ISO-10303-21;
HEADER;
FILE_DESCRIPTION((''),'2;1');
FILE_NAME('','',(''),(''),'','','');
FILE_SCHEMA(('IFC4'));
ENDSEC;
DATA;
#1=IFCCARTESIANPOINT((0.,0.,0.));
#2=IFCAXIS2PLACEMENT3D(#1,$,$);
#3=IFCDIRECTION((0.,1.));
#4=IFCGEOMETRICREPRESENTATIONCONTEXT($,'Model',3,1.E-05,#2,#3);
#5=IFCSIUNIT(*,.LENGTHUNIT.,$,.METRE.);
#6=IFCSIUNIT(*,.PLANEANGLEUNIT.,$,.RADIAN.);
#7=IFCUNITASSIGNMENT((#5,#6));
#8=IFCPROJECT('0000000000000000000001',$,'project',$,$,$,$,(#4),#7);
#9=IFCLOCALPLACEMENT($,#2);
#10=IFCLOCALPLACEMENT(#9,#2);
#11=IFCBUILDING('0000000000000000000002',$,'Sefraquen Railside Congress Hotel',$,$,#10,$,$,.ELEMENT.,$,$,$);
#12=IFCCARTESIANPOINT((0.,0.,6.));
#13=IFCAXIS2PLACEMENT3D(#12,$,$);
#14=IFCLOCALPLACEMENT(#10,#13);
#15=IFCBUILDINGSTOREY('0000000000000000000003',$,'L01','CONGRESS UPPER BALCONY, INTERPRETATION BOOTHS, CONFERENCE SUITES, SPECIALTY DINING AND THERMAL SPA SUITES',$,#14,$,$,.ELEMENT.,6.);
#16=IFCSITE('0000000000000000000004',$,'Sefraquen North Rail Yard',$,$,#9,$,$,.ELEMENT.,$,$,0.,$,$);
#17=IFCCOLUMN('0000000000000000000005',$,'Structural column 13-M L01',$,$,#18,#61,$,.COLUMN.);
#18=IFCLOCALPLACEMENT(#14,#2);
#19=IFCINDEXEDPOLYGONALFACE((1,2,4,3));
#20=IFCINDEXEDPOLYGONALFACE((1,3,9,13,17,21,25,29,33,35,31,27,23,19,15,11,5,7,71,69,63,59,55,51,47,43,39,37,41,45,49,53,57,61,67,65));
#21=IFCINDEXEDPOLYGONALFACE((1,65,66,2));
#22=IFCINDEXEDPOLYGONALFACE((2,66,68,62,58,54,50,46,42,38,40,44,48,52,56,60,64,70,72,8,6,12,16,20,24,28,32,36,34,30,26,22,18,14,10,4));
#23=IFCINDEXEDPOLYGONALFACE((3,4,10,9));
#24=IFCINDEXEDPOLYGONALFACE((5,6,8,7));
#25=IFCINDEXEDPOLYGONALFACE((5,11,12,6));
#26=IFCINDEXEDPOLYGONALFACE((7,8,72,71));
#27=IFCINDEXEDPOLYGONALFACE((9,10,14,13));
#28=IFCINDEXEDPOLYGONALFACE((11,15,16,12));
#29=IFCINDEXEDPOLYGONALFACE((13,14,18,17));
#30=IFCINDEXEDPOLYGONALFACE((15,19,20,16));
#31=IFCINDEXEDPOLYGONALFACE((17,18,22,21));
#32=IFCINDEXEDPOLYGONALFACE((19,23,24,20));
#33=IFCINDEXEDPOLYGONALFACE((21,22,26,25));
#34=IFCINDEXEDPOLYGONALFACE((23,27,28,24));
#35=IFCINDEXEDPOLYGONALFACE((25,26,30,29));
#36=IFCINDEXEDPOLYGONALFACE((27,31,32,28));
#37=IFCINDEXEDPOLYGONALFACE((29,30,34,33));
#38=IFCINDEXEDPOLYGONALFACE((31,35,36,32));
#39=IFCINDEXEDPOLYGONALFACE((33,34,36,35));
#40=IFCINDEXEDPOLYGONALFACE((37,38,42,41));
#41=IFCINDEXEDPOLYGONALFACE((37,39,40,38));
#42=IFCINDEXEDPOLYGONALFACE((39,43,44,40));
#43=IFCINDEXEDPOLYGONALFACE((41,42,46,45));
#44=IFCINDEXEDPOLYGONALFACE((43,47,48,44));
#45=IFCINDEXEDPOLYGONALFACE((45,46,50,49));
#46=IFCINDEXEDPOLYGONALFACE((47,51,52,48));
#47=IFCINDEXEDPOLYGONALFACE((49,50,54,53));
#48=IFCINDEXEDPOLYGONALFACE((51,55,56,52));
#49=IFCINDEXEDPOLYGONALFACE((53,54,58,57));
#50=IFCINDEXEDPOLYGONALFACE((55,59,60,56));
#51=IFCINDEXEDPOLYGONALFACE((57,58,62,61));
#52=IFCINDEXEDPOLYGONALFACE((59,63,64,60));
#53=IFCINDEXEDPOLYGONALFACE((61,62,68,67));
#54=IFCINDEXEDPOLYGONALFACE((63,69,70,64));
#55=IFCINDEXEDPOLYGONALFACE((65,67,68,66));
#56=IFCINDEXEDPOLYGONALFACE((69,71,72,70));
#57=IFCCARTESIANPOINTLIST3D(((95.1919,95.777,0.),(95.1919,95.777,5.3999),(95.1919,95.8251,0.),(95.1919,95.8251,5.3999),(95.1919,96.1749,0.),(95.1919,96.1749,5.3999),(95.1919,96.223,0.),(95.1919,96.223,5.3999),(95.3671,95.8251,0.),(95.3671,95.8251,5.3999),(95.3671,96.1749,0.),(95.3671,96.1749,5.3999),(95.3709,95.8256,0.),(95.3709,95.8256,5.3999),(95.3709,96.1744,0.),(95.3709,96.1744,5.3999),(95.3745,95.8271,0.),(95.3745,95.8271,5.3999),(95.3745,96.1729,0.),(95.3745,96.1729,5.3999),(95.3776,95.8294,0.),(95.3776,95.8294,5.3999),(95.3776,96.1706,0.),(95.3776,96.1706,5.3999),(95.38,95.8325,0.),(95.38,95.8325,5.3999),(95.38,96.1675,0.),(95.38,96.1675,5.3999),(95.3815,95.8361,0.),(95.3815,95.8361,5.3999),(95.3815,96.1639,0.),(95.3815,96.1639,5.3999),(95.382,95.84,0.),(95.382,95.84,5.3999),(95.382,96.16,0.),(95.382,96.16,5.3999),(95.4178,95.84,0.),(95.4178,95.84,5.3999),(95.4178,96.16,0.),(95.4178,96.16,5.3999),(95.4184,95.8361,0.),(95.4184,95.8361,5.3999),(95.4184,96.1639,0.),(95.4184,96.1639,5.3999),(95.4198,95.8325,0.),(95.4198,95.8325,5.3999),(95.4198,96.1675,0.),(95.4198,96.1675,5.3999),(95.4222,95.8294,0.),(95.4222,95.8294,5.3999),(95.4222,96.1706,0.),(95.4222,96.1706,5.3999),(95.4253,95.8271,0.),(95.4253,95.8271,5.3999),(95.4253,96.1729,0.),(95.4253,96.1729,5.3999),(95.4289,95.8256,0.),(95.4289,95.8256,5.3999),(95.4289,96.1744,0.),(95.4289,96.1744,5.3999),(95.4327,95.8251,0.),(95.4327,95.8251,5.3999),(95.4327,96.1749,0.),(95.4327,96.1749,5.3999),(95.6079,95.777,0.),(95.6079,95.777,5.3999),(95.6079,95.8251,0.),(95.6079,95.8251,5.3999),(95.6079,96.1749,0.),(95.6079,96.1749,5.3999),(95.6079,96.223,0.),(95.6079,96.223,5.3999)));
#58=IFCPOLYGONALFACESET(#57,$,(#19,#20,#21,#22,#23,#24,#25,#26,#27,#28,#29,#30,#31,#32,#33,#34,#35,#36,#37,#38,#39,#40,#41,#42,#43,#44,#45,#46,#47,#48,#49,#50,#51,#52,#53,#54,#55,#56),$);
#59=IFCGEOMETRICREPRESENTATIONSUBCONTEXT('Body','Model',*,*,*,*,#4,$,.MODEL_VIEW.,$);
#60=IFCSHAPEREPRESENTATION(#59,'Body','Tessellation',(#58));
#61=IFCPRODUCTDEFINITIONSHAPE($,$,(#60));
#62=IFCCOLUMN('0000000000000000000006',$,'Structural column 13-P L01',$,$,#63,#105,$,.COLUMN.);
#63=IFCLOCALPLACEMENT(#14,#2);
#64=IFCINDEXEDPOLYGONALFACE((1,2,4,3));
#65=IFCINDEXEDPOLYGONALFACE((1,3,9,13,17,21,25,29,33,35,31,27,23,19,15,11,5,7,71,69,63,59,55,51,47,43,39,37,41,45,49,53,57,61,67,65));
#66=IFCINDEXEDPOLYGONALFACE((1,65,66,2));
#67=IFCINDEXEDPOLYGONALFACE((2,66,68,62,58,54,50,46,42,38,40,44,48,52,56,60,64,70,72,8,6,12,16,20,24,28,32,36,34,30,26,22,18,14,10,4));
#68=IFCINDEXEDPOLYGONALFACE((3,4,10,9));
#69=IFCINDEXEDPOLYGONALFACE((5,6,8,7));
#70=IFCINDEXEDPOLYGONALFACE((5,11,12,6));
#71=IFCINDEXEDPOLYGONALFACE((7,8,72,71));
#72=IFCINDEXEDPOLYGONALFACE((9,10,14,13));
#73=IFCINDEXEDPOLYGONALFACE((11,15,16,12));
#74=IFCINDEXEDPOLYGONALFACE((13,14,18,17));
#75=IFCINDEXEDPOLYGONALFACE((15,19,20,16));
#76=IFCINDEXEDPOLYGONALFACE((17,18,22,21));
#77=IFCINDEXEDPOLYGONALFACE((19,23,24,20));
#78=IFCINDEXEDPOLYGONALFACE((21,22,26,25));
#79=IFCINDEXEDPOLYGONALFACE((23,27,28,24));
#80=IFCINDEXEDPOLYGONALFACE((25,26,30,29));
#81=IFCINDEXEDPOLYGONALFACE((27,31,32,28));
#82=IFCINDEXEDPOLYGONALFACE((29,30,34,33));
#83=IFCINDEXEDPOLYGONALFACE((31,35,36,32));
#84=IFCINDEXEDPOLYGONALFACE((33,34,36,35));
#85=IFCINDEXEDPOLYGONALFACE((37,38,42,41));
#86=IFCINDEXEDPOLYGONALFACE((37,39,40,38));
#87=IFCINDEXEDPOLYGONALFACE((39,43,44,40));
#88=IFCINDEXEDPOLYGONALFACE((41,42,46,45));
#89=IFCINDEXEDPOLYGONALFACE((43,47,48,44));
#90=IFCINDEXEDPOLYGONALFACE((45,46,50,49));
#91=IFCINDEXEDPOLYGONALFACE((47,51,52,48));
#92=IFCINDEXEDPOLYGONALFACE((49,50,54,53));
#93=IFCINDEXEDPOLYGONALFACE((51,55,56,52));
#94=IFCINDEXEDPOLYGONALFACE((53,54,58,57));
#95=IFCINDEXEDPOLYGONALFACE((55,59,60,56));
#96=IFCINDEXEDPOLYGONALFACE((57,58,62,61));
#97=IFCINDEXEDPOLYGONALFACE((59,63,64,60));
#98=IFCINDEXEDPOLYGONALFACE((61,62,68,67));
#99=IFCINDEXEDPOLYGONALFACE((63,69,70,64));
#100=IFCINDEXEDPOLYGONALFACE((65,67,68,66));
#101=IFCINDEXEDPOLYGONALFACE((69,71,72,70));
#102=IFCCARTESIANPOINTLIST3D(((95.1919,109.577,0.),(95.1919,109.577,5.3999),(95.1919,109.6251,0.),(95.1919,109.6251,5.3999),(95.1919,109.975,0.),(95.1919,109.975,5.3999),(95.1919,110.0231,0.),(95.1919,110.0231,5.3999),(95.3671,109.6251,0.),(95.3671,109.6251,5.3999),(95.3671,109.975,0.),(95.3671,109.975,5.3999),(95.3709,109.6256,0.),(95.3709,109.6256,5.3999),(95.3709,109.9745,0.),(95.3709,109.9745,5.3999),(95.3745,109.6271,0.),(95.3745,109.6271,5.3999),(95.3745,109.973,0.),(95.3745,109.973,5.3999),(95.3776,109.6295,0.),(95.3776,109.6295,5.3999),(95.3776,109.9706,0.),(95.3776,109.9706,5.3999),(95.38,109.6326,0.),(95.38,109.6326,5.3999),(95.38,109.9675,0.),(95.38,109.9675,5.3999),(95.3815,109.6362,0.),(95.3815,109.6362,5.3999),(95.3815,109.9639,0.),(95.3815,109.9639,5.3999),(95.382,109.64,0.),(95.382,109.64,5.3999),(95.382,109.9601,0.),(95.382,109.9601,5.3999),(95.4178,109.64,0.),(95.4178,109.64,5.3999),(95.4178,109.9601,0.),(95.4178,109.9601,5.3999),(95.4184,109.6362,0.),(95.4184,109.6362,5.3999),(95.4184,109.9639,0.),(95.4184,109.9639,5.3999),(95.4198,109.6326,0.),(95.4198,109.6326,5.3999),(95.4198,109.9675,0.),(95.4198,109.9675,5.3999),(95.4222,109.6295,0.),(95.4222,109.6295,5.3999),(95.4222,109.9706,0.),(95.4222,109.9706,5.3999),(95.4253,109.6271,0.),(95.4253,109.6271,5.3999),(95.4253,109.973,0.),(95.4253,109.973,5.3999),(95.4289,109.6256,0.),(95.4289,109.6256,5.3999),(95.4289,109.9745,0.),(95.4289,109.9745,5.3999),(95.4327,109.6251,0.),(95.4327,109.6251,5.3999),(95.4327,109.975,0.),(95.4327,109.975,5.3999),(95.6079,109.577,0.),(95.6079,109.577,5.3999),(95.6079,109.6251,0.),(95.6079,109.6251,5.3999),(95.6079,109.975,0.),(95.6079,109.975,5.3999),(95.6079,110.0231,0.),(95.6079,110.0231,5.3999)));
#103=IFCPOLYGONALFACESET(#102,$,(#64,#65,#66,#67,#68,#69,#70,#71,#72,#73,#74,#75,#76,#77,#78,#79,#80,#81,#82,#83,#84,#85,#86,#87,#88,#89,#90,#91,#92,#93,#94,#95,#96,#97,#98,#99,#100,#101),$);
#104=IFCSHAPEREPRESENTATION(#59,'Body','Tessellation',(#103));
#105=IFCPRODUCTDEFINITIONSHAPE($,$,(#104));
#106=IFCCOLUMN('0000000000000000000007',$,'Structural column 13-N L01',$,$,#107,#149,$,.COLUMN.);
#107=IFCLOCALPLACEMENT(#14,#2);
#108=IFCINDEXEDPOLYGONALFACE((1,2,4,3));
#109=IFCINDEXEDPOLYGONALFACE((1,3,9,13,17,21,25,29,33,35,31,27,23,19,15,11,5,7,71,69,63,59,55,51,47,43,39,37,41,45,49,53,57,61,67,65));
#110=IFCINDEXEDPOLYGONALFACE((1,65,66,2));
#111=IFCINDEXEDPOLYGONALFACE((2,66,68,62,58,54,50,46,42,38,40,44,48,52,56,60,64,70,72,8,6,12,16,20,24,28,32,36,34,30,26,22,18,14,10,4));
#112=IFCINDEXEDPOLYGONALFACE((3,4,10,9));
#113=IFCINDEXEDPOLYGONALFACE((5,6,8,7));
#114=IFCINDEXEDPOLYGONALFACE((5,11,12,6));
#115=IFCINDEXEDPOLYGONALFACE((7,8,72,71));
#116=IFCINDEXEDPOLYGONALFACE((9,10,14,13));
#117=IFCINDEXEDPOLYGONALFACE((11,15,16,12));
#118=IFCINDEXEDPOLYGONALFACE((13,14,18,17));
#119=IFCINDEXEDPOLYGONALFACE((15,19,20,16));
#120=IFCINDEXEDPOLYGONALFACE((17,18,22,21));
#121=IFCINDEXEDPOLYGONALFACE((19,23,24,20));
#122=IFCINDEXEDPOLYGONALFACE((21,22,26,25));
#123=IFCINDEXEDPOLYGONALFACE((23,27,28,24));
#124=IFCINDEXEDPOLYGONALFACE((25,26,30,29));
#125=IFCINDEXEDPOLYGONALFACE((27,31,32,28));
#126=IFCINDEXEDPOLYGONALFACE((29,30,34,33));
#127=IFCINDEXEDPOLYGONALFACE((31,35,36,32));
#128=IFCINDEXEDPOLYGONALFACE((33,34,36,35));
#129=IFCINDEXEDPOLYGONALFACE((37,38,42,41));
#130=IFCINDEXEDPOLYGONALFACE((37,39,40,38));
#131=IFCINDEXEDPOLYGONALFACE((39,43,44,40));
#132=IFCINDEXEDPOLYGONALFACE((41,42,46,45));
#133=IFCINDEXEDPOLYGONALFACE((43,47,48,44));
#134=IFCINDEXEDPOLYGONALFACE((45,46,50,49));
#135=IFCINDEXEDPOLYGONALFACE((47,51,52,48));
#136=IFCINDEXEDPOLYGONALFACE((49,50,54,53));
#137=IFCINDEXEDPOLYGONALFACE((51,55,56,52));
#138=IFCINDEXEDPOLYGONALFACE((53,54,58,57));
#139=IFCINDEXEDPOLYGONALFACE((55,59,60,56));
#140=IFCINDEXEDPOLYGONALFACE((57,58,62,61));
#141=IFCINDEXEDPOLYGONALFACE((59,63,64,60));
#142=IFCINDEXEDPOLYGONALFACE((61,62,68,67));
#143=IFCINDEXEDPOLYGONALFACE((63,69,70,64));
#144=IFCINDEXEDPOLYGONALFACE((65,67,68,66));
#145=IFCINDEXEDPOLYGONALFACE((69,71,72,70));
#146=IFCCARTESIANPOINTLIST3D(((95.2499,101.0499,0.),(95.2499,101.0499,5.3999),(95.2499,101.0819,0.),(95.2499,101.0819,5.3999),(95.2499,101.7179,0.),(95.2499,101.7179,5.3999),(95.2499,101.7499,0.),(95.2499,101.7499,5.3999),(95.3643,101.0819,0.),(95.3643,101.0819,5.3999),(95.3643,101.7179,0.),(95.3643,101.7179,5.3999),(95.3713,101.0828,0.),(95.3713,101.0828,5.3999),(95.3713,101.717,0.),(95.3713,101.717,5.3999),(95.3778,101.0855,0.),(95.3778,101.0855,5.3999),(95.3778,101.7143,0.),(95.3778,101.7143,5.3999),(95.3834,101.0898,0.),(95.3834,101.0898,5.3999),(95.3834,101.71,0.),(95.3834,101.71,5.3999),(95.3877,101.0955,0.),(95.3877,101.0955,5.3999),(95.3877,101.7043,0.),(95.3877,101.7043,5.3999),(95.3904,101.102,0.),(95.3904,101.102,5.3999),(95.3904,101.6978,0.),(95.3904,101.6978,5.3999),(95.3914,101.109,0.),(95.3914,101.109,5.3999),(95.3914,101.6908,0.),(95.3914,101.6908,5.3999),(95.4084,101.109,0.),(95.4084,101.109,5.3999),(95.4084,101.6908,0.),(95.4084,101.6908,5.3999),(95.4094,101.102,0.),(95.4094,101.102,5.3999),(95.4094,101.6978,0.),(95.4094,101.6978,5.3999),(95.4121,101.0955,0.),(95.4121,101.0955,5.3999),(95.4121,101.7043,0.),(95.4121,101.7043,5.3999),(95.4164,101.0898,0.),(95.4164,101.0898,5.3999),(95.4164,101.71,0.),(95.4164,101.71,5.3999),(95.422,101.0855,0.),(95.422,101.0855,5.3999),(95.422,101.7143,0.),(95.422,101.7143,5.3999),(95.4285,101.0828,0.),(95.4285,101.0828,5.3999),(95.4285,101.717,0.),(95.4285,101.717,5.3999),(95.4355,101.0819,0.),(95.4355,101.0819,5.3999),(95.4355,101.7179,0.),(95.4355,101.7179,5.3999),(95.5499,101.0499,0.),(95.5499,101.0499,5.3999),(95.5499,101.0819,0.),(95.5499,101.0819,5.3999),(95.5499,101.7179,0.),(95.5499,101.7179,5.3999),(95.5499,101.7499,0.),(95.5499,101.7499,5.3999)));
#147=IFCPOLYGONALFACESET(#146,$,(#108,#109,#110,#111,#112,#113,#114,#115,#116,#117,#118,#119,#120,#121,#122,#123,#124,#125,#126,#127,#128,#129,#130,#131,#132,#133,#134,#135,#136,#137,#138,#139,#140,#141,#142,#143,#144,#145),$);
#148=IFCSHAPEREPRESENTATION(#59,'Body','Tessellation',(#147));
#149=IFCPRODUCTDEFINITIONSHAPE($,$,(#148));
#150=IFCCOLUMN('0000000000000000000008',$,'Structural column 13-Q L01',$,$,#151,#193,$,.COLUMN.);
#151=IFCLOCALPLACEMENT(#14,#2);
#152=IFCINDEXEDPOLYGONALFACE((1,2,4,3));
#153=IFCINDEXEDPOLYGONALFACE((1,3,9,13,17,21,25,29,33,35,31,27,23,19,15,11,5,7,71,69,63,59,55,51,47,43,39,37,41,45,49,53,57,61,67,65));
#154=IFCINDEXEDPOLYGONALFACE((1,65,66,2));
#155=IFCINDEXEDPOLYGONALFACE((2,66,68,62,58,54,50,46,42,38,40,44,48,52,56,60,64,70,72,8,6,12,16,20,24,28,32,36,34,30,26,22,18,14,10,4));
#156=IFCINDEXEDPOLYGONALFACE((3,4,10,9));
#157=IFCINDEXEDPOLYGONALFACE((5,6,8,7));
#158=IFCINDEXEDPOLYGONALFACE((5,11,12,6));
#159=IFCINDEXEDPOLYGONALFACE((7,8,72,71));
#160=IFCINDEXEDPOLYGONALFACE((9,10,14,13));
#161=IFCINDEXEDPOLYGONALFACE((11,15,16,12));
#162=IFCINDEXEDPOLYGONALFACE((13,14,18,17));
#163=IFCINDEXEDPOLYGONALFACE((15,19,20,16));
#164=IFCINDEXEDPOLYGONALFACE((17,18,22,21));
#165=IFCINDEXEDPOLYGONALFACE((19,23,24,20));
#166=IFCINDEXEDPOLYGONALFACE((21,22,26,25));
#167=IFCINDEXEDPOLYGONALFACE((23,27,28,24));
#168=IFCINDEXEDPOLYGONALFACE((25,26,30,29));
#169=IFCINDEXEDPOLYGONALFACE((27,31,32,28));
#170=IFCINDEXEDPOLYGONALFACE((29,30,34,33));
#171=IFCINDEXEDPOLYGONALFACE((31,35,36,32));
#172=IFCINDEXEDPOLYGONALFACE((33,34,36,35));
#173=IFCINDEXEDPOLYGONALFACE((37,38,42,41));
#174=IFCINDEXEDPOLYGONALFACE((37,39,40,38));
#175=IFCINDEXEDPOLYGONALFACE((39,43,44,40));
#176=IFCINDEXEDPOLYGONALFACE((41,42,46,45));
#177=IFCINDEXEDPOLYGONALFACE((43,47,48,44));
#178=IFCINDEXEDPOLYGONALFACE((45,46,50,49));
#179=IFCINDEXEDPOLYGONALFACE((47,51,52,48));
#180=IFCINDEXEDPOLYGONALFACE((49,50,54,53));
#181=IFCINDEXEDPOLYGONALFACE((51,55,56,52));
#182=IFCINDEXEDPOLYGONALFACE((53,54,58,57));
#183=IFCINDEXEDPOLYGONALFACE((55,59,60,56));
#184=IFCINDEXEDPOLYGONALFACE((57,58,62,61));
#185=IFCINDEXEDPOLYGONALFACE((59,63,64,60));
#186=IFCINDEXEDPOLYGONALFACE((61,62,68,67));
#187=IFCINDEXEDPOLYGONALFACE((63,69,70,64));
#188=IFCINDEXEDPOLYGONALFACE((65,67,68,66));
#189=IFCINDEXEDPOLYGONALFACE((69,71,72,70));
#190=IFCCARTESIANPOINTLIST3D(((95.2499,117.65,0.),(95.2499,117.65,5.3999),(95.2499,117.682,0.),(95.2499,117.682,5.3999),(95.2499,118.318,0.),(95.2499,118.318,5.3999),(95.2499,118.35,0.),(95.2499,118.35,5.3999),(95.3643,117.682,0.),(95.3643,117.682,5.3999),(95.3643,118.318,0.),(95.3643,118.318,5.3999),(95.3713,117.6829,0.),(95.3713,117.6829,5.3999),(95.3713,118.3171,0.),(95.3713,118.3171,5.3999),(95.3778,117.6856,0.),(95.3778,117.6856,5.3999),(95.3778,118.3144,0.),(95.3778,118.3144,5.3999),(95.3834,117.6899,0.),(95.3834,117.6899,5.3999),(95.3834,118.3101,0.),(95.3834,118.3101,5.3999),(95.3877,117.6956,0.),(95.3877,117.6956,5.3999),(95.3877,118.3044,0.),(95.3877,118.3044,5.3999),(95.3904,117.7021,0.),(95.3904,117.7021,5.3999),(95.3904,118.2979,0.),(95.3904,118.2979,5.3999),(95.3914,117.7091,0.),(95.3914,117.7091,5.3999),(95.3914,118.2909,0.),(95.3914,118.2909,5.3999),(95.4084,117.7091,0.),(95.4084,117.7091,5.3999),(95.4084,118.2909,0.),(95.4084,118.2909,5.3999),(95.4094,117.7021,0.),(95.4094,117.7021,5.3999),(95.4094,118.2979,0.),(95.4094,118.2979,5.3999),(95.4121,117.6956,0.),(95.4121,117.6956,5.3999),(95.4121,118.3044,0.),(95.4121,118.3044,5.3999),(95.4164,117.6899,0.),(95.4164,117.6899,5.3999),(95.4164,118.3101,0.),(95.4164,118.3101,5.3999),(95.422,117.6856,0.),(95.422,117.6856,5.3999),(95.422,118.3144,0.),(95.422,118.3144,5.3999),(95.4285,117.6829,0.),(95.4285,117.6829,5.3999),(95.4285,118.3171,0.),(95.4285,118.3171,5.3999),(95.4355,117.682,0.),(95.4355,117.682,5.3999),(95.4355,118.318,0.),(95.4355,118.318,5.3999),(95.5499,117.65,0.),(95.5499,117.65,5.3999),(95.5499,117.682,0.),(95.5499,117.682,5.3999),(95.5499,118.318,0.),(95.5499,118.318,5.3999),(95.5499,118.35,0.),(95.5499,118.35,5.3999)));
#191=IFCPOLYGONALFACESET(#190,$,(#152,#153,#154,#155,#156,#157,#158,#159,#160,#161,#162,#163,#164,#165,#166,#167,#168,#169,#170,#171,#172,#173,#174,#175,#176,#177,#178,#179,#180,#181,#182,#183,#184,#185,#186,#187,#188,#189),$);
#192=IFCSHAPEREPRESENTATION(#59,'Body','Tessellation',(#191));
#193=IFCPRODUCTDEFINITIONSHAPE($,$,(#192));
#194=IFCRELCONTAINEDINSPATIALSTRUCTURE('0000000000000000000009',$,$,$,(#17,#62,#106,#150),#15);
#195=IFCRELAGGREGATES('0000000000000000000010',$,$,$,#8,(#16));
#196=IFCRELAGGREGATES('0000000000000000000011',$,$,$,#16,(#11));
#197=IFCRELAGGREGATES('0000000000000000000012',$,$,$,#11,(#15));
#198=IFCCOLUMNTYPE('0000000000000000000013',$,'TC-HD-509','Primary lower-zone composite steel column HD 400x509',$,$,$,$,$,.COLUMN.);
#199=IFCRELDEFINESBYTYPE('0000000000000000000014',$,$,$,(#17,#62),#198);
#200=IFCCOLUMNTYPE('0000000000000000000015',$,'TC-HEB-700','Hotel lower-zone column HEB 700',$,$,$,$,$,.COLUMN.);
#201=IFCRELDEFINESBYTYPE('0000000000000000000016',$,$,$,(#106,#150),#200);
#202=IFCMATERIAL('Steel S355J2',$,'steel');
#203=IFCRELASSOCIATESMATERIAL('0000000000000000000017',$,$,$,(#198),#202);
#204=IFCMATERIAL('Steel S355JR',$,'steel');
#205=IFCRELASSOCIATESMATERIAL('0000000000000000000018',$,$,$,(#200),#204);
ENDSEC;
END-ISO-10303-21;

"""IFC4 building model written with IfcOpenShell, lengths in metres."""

from ifc_helpers import new_model, si_unit, direction, frame, origin, origin_2d, place, context, subcontext, project, spatial, i_section, extrude, material, material_profile, profile_set, type_object, element, save


model = new_model("IFC4")

# Units and contexts
model_context = context("Model", 3, precision=1e-05, world=origin(), true_north=direction((0.0, 1.0)))
body_context = subcontext(model_context, "Body", "Model", "MODEL_VIEW")
ifc_project = project(units=[si_unit("LENGTHUNIT", "METRE"), si_unit("PLANEANGLEUNIT", "RADIAN")], contexts=[model_context])

# Site, building, storey
site_placement = place(None, origin())
site = spatial("IfcSite", under=ifc_project, at=site_placement, Name="Sefraquen North Rail Yard", CompositionType="ELEMENT", RefElevation=0.0)
building_placement = place(site_placement, origin())
building = spatial("IfcBuilding", under=site, at=building_placement, Name="Sefraquen Railside Congress Hotel", CompositionType="ELEMENT")
storey_placement = place(building_placement, frame((0.0, 0.0, 6.0)))
storey = spatial("IfcBuildingStorey", under=building, at=storey_placement, Name="L01", Description="CONGRESS UPPER BALCONY, INTERPRETATION BOOTHS, CONFERENCE SUITES, SPECIALTY DINING AND THERMAL SPA SUITES", CompositionType="ELEMENT", Elevation=6.0)

# Columns
ifc_material_1 = material(Name="Steel S355J2", Category="steel")
ifc_material_profile_1 = material_profile(ifc_material_1, i_section(OverallWidth=0.416, OverallDepth=0.446, WebThickness=0.0359, FlangeThickness=0.0481, FilletRadius=0.0149, at=origin_2d()), Name="HD 400x509")
ifc_profile_set_1 = profile_set([ifc_material_profile_1], Name="Steel S355J2")
column_type_1 = type_object("IfcColumnType", Name="TC-HD-509", Description="Primary lower-zone composite steel column HD 400x509", PredefinedType="COLUMN", material=ifc_profile_set_1)
for number, where, z_axis, x_axis, name in (
    (1, (95.3999, 96.0, 0.0), (0.0, 0.0, 1.0), (1.0, 0.0, 0.0), "Structural column 13-M L01"),
    (2, (95.3999, 109.8, 0.0), (0.0, 0.0, 1.0), (1.0, 0.0, 0.0), "Structural column 13-P L01"),
):
    element("IfcColumn", number, at=place(storey_placement, frame(where, z_axis=z_axis, x_axis=x_axis)), inside=storey, type_object=column_type_1, Name=name, PredefinedType="COLUMN", context=body_context, shape_type="SweptSolid", body=[
        extrude(i_section(OverallWidth=0.416, OverallDepth=0.446, WebThickness=0.0359, FlangeThickness=0.0481, FilletRadius=0.0149, at=origin_2d()), origin(), (0.0, 0.0, 1.0), 5.3999),
    ])
ifc_material_2 = material(Name="Steel S355JR", Category="steel")
ifc_material_profile_2 = material_profile(ifc_material_2, i_section(OverallWidth=0.3, OverallDepth=0.7, WebThickness=0.0171, FlangeThickness=0.032, FilletRadius=0.0271, at=origin_2d()), Name="HEB 700")
ifc_profile_set_2 = profile_set([ifc_material_profile_2], Name="Steel S355JR")
column_type_2 = type_object("IfcColumnType", Name="TC-HEB-700", Description="Hotel lower-zone column HEB 700", PredefinedType="COLUMN", material=ifc_profile_set_2)
for number, where, z_axis, x_axis, name in (
    (3, (95.3999, 101.3999, 0.0), (0.0, 0.0, 1.0), (1.0, 0.0, 0.0), "Structural column 13-N L01"),
    (4, (95.3999, 118.0, 0.0), (0.0, 0.0, 1.0), (1.0, 0.0, 0.0), "Structural column 13-Q L01"),
):
    element("IfcColumn", number, at=place(storey_placement, frame(where, z_axis=z_axis, x_axis=x_axis)), inside=storey, type_object=column_type_2, Name=name, PredefinedType="COLUMN", context=body_context, shape_type="SweptSolid", body=[
        extrude(i_section(OverallWidth=0.3, OverallDepth=0.7, WebThickness=0.0171, FlangeThickness=0.032, FilletRadius=0.0271, at=origin_2d()), origin(), (0.0, 0.0, 1.0), 5.3999),
    ])

save(model, "model.ifc")
